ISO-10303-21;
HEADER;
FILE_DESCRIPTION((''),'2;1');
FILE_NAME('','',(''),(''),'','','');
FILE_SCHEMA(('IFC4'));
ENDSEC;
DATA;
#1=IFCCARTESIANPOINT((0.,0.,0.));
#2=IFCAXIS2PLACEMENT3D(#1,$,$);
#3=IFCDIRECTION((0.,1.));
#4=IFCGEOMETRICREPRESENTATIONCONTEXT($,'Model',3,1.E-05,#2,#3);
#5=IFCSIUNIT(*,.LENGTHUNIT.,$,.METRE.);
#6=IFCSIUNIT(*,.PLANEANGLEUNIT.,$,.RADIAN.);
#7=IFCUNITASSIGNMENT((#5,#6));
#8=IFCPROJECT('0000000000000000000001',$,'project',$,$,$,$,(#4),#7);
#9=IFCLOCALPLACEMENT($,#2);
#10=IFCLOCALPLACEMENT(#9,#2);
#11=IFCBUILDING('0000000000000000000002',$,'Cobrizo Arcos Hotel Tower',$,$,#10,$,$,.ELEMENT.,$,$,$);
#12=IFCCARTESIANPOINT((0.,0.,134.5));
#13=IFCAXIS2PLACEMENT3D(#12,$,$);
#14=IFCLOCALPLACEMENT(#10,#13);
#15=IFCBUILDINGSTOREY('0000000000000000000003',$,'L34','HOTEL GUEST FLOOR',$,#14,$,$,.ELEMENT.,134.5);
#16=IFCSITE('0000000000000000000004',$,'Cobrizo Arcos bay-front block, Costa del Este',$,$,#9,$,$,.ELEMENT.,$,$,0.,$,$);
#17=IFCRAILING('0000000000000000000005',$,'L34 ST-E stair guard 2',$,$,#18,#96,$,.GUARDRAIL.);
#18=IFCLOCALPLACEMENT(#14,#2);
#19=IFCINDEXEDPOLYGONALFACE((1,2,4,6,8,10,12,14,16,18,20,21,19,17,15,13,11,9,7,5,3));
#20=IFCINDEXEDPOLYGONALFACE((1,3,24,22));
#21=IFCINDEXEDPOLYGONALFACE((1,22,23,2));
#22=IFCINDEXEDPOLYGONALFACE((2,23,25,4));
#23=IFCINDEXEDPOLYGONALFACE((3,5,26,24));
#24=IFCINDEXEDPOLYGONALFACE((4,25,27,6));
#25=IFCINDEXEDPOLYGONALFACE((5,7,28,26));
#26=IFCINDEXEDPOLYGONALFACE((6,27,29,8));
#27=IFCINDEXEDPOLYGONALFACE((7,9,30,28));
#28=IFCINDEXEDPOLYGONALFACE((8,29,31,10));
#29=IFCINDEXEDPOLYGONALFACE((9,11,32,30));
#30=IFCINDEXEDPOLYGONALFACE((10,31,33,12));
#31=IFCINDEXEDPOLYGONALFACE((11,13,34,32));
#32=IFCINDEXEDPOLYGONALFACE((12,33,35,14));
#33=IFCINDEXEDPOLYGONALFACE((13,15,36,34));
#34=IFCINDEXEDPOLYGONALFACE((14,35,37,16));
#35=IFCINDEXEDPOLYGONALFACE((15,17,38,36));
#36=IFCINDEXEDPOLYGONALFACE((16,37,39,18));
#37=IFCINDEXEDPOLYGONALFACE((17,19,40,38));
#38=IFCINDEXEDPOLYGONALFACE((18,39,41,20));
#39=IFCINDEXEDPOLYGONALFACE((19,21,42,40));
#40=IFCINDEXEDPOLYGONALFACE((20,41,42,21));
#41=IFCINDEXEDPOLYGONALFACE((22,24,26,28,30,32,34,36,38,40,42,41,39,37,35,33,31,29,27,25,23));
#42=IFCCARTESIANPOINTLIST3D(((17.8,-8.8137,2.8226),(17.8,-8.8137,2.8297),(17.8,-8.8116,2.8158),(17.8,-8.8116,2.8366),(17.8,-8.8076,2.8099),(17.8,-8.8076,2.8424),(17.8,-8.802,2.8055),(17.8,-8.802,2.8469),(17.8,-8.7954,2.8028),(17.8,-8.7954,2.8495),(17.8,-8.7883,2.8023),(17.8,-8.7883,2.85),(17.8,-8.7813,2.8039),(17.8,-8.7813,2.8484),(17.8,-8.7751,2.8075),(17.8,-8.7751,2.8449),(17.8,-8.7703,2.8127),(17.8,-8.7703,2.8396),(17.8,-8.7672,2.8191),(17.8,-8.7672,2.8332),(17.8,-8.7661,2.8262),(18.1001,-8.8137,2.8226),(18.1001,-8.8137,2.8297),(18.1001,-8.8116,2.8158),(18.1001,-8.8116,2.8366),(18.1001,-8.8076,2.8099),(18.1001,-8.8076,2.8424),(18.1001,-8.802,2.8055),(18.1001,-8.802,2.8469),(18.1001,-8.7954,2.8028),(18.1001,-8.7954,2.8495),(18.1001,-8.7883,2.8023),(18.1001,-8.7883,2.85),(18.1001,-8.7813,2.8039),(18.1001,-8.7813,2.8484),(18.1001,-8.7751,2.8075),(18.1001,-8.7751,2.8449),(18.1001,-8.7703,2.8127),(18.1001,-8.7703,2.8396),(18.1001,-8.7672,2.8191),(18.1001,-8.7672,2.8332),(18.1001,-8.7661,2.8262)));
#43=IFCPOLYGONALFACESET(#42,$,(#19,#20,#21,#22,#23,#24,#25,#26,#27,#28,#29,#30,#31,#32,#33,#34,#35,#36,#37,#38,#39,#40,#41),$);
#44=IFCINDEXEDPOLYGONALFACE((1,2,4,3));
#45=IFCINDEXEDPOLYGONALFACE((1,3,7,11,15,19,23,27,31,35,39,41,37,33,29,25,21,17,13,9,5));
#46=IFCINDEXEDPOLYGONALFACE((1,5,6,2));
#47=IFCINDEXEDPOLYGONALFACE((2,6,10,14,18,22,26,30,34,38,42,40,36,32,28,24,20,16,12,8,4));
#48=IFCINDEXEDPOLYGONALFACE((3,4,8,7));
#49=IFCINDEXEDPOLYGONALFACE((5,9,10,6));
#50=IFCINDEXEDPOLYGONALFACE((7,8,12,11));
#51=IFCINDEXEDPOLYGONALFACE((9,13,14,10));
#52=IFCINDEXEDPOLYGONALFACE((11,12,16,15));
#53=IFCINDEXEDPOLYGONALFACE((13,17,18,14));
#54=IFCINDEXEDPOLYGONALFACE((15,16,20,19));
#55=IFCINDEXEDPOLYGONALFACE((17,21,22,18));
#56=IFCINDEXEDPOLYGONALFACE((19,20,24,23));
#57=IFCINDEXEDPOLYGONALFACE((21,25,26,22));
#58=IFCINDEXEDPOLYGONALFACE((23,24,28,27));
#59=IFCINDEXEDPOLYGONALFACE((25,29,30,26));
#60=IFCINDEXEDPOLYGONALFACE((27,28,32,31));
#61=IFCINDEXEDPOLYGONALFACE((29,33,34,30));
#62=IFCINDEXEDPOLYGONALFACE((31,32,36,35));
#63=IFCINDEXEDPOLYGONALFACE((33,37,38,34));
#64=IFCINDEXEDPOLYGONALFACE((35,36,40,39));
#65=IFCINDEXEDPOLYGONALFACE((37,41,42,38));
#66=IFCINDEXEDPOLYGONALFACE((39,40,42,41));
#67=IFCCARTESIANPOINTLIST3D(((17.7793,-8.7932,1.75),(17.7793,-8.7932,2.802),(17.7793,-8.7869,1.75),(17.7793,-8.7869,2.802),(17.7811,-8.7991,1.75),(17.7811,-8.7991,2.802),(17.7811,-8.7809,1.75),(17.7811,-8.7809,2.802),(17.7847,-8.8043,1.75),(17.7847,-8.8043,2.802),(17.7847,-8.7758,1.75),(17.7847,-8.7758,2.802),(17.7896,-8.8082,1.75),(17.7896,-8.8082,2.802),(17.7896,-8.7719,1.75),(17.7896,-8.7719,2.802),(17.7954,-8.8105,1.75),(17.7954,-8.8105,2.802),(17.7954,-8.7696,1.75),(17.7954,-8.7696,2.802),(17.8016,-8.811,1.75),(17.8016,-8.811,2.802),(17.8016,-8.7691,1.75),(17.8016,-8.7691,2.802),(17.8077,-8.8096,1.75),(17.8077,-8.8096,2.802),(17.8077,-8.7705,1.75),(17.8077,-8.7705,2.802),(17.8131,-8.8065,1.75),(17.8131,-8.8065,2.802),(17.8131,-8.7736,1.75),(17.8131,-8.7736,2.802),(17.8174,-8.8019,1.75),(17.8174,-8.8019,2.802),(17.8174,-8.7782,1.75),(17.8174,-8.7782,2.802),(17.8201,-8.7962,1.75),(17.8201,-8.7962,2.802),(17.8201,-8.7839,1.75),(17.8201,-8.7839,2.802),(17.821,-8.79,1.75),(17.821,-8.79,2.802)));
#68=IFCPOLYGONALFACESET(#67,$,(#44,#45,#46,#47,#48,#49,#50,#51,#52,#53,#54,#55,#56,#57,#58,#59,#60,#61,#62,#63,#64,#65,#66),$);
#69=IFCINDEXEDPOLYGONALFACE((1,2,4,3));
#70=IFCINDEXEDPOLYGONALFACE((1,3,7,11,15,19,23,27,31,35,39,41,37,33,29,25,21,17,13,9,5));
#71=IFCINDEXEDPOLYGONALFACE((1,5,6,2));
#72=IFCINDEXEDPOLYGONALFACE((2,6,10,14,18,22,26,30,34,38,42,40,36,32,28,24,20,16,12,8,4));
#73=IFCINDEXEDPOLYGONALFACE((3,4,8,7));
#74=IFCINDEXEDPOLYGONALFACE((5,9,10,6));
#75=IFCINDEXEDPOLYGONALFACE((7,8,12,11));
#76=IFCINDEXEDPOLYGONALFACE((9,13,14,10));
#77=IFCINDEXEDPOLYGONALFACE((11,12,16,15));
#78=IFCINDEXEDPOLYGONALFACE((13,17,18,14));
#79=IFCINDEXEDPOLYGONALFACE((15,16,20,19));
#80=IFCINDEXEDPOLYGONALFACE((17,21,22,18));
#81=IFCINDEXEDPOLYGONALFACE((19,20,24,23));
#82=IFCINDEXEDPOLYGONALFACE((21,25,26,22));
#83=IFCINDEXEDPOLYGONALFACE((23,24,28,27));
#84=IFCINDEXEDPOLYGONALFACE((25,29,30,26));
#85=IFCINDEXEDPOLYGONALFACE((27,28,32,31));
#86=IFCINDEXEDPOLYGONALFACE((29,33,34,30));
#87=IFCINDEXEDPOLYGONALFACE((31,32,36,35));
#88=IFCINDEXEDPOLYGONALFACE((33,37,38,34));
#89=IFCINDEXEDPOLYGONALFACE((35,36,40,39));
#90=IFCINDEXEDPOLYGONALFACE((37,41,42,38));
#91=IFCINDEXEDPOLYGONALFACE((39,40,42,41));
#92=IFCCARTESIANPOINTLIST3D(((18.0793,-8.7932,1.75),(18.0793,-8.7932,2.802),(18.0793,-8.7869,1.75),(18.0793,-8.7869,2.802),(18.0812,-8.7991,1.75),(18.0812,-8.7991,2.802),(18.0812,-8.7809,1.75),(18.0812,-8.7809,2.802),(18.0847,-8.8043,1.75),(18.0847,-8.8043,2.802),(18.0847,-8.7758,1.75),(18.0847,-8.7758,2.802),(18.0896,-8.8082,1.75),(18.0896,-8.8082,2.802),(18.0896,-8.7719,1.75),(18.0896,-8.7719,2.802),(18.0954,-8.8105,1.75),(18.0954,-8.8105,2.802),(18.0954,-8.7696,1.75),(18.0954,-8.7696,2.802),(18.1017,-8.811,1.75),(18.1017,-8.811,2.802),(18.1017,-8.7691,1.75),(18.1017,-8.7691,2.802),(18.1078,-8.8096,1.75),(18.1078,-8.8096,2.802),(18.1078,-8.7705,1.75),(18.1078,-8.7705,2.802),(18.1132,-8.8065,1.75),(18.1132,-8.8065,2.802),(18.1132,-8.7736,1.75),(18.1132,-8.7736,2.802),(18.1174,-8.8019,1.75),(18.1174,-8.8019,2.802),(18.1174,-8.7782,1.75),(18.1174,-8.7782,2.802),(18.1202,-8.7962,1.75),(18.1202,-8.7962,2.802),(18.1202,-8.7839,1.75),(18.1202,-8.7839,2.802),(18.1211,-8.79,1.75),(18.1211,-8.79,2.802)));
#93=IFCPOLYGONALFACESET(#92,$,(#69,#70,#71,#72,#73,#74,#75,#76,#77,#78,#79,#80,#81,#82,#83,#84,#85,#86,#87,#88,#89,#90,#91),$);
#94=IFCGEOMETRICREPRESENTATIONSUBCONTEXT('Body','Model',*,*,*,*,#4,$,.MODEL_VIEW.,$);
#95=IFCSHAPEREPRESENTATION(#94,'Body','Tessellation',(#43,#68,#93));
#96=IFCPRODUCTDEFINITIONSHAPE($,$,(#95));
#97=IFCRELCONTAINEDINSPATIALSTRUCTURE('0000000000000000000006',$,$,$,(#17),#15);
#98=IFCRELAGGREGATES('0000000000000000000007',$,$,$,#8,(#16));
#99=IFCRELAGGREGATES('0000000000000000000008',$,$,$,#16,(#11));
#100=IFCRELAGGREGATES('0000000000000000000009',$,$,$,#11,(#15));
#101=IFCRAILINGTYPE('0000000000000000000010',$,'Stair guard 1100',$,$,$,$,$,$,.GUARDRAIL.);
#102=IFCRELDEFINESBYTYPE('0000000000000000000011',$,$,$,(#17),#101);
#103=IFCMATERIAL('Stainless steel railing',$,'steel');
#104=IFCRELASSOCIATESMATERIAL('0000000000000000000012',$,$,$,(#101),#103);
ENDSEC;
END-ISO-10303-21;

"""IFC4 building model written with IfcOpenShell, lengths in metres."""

from ifc_helpers import new_model, si_unit, direction, frame, origin, origin_2d, place, context, subcontext, project, spatial, circle, extrude, material, type_object, element, save


model = new_model("IFC4")

# Units and contexts
model_context = context("Model", 3, precision=1e-05, world=origin(), true_north=direction((0.0, 1.0)))
body_context = subcontext(model_context, "Body", "Model", "MODEL_VIEW")
ifc_project = project(units=[si_unit("LENGTHUNIT", "METRE"), si_unit("PLANEANGLEUNIT", "RADIAN")], contexts=[model_context])

# Site, building, storey
site_placement = place(None, origin())
site = spatial("IfcSite", under=ifc_project, at=site_placement, Name="Cobrizo Arcos bay-front block, Costa del Este", CompositionType="ELEMENT", RefElevation=0.0)
building_placement = place(site_placement, origin())
building = spatial("IfcBuilding", under=site, at=building_placement, Name="Cobrizo Arcos Hotel Tower", CompositionType="ELEMENT")
storey_placement = place(building_placement, frame((0.0, 0.0, 134.5)))
storey = spatial("IfcBuildingStorey", under=building, at=storey_placement, Name="L34", Description="HOTEL GUEST FLOOR", CompositionType="ELEMENT", Elevation=134.5)

# Railing
ifc_material_1 = material(Name="Stainless steel railing", Category="steel")
railing_type_1 = type_object("IfcRailingType", Name="Stair guard 1100", PredefinedType="GUARDRAIL", material=ifc_material_1)
railing_1_placement = place(storey_placement, frame((17.8, -8.79, 1.75)))
element("IfcRailing", 1, at=railing_1_placement, inside=storey, type_object=railing_type_1, Name="L34 ST-E stair guard 2", PredefinedType="GUARDRAIL", context=body_context, shape_type="SweptSolid", body=[
    extrude(circle(Radius=0.0239, at=origin_2d()), frame((0.0, 0.0, 1.0762), z_axis=(1.0, 0.0, 0.0), x_axis=(0.0, 1.0, 0.0)), (0.0, 0.0, 1.0), 0.3),
    extrude(circle(Radius=0.021, at=origin_2d()), origin(), (0.0, 0.0, 1.0), 1.052),
    extrude(circle(Radius=0.021, at=origin_2d()), frame((0.3, 0.0, 0.0)), (0.0, 0.0, 1.0), 1.052),
])

save(model, "model.ifc")
